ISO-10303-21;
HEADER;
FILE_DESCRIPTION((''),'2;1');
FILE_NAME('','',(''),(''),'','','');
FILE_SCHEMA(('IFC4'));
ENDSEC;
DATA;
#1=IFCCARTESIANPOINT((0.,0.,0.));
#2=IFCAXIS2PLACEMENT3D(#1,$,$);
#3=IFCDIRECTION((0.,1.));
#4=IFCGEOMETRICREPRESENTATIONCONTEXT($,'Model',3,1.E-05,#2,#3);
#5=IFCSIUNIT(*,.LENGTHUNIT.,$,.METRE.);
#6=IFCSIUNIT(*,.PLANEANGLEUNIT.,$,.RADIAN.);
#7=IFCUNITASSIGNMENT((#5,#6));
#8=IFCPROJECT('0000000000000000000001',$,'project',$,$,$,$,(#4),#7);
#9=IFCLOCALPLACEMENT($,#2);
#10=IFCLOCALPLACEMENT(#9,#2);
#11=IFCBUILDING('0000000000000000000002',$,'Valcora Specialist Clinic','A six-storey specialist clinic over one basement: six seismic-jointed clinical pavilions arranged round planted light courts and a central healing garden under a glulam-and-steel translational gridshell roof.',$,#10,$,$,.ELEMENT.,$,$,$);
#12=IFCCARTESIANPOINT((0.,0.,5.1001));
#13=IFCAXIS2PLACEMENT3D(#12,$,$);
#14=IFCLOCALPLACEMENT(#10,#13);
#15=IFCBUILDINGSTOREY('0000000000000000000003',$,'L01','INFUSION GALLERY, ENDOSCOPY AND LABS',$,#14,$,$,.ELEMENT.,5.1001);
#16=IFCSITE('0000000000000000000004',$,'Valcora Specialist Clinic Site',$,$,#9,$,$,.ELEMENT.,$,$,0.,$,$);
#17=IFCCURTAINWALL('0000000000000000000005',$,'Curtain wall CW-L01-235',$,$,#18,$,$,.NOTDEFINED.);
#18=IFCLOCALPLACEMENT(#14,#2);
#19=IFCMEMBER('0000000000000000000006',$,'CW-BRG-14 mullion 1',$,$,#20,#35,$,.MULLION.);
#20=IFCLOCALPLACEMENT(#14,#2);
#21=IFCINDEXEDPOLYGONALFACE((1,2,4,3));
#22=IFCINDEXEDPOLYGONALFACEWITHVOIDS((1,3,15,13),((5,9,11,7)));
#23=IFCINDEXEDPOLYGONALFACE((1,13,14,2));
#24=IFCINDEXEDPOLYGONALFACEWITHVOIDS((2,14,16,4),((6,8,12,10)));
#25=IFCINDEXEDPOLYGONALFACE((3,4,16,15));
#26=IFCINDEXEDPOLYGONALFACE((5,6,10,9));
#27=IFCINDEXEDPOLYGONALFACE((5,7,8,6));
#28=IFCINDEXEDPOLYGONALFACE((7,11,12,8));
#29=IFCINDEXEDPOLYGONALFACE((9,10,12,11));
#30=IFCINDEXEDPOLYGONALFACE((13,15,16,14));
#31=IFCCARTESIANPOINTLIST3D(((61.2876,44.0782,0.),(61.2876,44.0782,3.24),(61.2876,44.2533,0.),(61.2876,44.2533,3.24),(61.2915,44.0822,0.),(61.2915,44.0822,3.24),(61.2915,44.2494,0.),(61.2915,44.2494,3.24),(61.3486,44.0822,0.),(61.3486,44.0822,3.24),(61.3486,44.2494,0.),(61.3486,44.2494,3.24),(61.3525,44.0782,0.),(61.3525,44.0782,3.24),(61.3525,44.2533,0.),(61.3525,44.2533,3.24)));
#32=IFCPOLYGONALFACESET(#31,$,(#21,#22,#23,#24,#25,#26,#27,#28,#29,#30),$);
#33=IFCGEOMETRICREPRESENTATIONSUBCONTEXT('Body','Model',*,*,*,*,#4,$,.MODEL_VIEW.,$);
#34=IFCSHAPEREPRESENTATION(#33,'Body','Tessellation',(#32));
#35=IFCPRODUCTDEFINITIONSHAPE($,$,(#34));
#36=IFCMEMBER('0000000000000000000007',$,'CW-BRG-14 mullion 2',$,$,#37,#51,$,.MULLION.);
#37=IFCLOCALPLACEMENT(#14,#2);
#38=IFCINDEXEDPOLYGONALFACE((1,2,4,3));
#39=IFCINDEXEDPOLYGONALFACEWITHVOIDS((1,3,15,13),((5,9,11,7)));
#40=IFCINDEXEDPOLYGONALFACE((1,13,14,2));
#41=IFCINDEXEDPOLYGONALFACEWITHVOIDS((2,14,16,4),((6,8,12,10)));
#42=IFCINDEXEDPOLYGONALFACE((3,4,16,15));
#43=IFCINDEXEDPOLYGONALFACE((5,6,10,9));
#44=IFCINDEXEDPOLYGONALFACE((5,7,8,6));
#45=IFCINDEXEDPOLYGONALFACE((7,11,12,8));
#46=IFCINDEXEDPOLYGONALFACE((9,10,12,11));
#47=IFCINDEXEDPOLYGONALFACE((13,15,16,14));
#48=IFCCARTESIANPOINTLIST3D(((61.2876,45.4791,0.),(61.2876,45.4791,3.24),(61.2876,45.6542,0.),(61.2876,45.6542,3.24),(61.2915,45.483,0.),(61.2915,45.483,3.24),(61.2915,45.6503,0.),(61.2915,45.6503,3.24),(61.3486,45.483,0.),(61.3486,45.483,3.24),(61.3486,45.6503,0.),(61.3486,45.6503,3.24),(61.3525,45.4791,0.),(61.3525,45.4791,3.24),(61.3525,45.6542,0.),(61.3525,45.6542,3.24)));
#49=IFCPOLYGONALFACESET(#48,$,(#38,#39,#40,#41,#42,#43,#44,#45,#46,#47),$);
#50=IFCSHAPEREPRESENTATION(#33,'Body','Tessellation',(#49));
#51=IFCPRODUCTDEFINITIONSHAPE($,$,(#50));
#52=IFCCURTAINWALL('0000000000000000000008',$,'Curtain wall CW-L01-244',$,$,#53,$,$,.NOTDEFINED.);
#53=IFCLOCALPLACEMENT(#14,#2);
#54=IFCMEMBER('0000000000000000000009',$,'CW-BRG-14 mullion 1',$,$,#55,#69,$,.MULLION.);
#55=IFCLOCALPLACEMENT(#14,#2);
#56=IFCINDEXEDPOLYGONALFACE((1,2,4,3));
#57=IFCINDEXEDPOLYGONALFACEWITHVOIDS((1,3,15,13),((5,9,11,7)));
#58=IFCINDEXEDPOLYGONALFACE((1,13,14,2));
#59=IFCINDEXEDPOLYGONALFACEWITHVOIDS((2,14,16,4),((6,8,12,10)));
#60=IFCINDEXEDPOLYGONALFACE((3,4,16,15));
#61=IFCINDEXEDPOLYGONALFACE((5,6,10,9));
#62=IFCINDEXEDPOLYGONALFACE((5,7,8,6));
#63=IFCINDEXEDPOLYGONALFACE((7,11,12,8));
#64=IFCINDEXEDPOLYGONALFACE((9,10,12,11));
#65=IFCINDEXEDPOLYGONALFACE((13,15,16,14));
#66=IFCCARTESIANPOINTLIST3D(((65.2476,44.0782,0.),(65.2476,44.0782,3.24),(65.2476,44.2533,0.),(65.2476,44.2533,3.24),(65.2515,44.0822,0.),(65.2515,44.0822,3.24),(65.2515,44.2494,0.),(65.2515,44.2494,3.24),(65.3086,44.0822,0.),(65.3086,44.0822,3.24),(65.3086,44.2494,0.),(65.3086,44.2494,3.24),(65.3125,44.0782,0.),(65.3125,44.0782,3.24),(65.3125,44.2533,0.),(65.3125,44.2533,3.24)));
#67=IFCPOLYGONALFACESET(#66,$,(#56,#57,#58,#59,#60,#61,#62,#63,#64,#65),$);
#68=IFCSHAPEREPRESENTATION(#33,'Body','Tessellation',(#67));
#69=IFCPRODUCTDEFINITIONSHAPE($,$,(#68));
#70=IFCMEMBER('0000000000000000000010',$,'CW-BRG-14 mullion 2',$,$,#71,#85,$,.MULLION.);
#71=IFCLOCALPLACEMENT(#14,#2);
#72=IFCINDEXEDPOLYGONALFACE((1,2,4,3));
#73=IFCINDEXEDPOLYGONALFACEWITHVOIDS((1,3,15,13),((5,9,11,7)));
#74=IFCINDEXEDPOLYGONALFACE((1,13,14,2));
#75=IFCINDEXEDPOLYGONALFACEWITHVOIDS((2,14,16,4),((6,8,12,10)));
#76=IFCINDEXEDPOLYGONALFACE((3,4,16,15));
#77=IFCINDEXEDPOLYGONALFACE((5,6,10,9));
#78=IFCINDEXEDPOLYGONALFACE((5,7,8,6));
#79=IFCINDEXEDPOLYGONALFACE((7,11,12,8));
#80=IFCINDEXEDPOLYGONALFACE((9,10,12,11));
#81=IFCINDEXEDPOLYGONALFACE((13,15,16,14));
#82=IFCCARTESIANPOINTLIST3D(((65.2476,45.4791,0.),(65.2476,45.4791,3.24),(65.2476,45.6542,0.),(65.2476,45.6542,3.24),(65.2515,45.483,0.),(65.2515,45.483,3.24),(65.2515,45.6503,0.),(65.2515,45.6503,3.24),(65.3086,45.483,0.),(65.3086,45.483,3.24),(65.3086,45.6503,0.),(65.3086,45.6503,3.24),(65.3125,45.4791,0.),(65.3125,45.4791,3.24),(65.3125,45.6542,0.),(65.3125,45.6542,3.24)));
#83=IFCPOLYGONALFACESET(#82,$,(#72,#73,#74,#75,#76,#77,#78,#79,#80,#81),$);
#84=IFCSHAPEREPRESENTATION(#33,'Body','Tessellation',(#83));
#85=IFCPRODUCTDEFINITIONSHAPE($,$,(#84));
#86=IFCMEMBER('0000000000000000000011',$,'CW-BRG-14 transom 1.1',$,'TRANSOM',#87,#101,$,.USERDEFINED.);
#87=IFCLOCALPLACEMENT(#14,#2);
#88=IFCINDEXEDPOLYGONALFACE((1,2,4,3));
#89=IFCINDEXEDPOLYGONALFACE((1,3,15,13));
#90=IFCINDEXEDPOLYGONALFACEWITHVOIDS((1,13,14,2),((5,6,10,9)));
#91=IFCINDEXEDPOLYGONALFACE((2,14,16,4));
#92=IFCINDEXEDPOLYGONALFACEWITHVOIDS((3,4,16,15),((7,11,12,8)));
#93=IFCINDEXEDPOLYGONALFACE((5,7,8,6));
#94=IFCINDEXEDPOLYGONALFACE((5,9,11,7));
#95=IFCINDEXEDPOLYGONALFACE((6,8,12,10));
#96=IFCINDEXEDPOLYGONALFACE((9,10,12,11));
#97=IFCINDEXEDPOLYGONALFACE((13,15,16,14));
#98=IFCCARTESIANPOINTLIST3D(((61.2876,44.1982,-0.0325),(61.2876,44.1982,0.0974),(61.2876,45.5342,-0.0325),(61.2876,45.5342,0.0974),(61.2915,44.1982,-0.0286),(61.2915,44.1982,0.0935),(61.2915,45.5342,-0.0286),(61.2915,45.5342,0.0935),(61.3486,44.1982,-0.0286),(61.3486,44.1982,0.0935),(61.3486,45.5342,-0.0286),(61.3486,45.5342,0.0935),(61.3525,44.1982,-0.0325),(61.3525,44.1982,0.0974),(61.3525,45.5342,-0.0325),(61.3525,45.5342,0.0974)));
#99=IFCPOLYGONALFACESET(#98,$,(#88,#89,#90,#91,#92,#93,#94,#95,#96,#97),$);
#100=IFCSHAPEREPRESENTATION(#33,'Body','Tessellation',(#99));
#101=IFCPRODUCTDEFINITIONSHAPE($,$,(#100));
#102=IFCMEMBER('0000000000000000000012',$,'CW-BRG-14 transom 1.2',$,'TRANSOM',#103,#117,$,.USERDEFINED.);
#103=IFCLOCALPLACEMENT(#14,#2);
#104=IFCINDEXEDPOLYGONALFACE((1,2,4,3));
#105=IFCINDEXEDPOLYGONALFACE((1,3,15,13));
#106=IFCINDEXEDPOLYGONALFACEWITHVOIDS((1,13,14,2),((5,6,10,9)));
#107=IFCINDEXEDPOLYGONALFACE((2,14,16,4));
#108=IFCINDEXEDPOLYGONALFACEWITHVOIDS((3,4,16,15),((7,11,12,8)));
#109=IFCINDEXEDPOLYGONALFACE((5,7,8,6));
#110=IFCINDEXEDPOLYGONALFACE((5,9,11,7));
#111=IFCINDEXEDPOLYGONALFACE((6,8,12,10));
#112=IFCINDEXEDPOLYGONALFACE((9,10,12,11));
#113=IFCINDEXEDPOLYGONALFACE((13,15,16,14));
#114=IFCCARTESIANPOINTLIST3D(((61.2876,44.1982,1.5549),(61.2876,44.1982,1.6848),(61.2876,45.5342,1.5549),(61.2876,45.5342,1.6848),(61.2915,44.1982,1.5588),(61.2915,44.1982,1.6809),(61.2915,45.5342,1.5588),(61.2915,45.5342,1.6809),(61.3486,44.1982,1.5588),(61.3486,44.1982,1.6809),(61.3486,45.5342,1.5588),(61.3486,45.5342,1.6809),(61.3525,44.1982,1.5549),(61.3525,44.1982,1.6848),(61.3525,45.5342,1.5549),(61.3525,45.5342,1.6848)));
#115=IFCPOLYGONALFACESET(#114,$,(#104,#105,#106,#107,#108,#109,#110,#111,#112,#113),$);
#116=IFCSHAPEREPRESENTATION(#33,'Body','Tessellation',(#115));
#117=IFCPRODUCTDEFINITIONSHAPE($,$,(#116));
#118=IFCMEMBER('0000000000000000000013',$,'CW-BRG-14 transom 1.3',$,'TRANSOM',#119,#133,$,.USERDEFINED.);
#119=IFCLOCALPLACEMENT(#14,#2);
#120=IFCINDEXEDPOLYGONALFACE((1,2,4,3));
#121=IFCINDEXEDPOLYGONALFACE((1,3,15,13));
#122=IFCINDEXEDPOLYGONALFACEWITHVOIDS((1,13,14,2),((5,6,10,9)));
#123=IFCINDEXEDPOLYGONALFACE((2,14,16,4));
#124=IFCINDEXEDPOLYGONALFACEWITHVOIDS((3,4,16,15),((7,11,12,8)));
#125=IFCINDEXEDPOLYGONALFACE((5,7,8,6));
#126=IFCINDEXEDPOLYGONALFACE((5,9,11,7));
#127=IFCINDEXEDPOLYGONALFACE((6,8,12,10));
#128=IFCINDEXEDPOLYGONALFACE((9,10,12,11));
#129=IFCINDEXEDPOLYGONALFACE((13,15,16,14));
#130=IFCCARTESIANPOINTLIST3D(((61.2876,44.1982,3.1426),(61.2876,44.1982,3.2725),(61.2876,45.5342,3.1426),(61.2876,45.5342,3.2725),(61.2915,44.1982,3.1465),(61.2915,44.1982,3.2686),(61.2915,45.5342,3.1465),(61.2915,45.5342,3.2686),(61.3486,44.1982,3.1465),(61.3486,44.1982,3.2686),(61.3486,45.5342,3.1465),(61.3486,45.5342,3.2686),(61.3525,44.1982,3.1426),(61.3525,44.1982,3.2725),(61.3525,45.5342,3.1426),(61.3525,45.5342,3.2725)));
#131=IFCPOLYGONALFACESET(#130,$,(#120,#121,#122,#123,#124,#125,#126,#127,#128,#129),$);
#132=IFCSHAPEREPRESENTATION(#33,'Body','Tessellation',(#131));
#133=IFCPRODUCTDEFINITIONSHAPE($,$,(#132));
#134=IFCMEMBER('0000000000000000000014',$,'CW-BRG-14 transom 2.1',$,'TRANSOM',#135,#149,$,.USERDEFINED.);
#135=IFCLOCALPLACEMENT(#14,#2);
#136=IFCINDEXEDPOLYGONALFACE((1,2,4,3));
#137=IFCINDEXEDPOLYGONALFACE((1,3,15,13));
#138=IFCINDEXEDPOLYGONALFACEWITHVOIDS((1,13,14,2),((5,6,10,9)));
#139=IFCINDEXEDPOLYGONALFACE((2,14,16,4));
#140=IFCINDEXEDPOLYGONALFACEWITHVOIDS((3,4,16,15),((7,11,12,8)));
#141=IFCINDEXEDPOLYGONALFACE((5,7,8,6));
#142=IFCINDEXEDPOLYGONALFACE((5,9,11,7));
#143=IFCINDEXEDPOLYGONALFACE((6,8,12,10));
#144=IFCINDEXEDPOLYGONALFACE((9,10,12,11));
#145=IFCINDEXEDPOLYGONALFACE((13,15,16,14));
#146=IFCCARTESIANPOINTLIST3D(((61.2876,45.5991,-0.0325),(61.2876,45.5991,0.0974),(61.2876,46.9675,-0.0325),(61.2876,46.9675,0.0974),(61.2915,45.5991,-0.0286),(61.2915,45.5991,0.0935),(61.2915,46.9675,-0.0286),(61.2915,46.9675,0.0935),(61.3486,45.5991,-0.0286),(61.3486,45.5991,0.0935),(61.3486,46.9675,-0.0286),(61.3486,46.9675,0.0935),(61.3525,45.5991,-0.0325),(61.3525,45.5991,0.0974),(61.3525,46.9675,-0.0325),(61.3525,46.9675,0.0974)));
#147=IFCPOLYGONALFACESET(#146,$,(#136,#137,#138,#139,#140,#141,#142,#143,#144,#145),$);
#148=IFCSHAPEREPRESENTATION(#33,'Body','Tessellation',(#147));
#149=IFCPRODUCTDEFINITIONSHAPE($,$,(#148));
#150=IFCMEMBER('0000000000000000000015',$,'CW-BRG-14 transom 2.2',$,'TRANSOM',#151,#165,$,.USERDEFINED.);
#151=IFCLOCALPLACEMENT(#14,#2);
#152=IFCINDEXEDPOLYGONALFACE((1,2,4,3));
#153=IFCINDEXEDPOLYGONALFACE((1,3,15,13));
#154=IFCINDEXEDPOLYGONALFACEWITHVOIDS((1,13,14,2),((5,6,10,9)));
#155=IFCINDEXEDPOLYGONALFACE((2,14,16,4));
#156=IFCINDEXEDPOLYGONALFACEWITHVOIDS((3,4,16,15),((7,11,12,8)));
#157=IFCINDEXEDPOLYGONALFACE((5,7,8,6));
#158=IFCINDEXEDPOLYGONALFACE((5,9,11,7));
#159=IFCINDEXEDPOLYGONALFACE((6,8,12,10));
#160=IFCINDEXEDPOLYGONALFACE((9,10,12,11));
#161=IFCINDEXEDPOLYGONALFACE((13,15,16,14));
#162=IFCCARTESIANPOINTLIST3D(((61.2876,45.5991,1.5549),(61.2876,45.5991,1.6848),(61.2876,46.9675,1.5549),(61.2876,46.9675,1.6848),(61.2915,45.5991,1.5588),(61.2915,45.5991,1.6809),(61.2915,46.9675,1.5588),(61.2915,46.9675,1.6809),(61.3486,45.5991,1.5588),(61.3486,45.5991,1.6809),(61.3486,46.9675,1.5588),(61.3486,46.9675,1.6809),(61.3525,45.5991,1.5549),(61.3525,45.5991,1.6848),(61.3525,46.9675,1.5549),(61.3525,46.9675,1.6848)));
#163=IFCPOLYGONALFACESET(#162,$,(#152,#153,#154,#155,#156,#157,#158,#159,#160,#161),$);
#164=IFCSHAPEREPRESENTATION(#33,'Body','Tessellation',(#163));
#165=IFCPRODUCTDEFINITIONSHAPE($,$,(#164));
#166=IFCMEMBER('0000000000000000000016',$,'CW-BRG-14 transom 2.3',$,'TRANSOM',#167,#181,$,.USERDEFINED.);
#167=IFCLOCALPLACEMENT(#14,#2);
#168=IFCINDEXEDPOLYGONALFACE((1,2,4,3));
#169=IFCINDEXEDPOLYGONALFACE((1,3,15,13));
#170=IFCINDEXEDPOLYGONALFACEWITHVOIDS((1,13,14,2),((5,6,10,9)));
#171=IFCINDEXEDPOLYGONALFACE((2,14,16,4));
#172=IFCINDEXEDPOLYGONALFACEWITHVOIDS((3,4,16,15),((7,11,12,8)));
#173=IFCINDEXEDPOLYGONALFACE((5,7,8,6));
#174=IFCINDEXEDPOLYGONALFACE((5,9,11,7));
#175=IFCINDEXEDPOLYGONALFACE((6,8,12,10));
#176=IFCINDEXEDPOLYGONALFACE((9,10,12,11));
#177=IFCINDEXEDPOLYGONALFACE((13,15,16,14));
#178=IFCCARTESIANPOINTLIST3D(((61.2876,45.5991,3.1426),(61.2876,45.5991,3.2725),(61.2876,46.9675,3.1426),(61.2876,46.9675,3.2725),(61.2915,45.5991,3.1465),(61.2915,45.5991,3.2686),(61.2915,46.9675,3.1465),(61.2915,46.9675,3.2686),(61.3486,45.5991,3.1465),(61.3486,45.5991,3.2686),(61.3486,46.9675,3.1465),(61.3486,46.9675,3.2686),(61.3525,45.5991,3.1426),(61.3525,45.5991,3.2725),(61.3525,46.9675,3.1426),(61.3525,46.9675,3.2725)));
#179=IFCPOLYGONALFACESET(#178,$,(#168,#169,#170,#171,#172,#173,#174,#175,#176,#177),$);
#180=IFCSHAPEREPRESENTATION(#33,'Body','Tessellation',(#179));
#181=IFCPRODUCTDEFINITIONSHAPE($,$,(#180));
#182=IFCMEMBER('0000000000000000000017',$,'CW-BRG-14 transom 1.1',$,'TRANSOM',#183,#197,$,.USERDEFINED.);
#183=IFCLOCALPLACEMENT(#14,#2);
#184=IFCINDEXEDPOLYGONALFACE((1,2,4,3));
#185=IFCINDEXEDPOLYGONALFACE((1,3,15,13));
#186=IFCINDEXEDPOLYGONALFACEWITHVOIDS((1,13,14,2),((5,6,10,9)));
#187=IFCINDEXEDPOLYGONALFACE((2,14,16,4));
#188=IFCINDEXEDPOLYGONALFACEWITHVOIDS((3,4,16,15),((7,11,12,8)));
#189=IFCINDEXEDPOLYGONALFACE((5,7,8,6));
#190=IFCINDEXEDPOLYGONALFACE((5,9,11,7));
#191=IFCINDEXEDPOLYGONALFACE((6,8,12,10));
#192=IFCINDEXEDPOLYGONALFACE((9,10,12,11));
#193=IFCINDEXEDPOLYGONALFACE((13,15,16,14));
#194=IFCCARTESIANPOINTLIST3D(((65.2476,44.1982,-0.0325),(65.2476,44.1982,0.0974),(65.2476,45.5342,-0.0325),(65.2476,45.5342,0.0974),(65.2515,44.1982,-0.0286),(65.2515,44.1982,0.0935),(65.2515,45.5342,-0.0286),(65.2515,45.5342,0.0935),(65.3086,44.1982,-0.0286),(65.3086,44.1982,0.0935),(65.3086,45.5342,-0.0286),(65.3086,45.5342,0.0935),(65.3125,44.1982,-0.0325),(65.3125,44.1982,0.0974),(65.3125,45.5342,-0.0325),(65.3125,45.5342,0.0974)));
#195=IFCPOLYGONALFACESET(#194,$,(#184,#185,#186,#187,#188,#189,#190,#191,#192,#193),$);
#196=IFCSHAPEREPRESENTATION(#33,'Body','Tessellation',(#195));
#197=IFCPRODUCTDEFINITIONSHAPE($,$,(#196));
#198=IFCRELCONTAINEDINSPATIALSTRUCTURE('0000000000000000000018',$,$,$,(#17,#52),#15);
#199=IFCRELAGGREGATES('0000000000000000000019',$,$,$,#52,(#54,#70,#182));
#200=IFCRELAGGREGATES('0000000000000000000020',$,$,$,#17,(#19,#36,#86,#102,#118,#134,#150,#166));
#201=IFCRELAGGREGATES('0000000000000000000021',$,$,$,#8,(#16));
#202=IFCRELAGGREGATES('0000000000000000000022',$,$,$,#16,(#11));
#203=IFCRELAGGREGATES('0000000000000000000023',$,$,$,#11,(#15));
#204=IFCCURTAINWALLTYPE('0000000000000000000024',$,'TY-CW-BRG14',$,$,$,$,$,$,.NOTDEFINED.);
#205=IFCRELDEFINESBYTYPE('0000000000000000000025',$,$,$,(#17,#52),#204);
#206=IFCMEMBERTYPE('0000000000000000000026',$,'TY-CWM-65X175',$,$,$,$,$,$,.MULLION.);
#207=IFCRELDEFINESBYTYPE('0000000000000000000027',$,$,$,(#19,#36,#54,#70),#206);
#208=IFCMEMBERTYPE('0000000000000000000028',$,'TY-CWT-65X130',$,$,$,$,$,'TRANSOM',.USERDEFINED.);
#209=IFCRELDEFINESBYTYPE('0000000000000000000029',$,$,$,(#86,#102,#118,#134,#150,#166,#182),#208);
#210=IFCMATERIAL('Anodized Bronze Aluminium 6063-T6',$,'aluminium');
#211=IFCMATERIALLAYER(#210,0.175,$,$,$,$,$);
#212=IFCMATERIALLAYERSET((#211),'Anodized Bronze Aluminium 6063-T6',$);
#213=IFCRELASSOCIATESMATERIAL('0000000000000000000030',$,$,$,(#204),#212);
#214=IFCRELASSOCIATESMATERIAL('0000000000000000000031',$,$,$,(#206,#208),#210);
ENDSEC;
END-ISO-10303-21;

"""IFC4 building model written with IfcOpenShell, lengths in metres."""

from ifc_helpers import new_model, si_unit, direction, frame, origin, origin_2d, place, context, subcontext, project, spatial, hollow_rectangle, extrude, material, layer, layer_set, material_profile, profile_set, type_object, element, aggregate, save


model = new_model("IFC4")

# Units and contexts
model_context = context("Model", 3, precision=1e-05, world=origin(), true_north=direction((0.0, 1.0)))
body_context = subcontext(model_context, "Body", "Model", "MODEL_VIEW")
ifc_project = project(units=[si_unit("LENGTHUNIT", "METRE"), si_unit("PLANEANGLEUNIT", "RADIAN")], contexts=[model_context])

# Site, building, storey
site_placement = place(None, origin())
site = spatial("IfcSite", under=ifc_project, at=site_placement, Name="Valcora Specialist Clinic Site", CompositionType="ELEMENT", RefElevation=0.0)
building_placement = place(site_placement, origin())
building = spatial("IfcBuilding", under=site, at=building_placement, Name="Valcora Specialist Clinic", Description="A six-storey specialist clinic over one basement: six seismic-jointed clinical pavilions arranged round planted light courts and a central healing garden under a glulam-and-steel translational gridshell roof.", CompositionType="ELEMENT")
storey_placement = place(building_placement, frame((0.0, 0.0, 5.1001)))
storey = spatial("IfcBuildingStorey", under=building, at=storey_placement, Name="L01", Description="INFUSION GALLERY, ENDOSCOPY AND LABS", CompositionType="ELEMENT", Elevation=5.1001)

# Curtain walls, members
ifc_material_1 = material(Name="Anodized Bronze Aluminium 6063-T6", Category="aluminium")
ifc_layer_1 = layer(ifc_material_1, 0.175)
ifc_layer_set_1 = layer_set([ifc_layer_1], Name="Anodized Bronze Aluminium 6063-T6")
curtain_wall_type = type_object("IfcCurtainWallType", Name="TY-CW-BRG14", PredefinedType="NOTDEFINED", material=ifc_layer_set_1)
curtain_wall_1_placement = place(storey_placement, origin())
curtain_wall_1 = element("IfcCurtainWall", 1, at=curtain_wall_1_placement, inside=storey, type_object=curtain_wall_type, Name="Curtain wall CW-L01-235", PredefinedType="NOTDEFINED")
ifc_material_profile_1 = material_profile(ifc_material_1, hollow_rectangle(XDim=0.0649, YDim=0.175, WallThickness=0.0039, at=origin_2d()), Name="AL-MUL-65X175")
ifc_profile_set_1 = profile_set([ifc_material_profile_1], Name="Anodized Bronze Aluminium 6063-T6")
member_type_1 = type_object("IfcMemberType", Name="TY-CWM-65X175", PredefinedType="MULLION", material=ifc_profile_set_1)
member_1_placement = place(storey_placement, frame((61.3201, 44.1658, 0.0), z_axis=(0.0, 0.0, 1.0), x_axis=(-1.0, 0.0, 0.0)))
member_1 = element("IfcMember", 2, at=member_1_placement, type_object=member_type_1, Name="CW-BRG-14 mullion 1", PredefinedType="MULLION", context=body_context, shape_type="SweptSolid", body=[
    extrude(hollow_rectangle(XDim=0.0649, YDim=0.175, WallThickness=0.0039, at=origin_2d()), origin(), (0.0, 0.0, 1.0), 3.24),
])
member_2_placement = place(storey_placement, frame((61.3201, 45.5667, 0.0), z_axis=(0.0, 0.0, 1.0), x_axis=(-1.0, 0.0, 0.0)))
member_2 = element("IfcMember", 3, at=member_2_placement, type_object=member_type_1, Name="CW-BRG-14 mullion 2", PredefinedType="MULLION", context=body_context, shape_type="SweptSolid", body=[
    extrude(hollow_rectangle(XDim=0.0649, YDim=0.175, WallThickness=0.0039, at=origin_2d()), origin(), (0.0, 0.0, 1.0), 3.24),
])
curtain_wall_2_placement = place(storey_placement, origin())
curtain_wall_2 = element("IfcCurtainWall", 4, at=curtain_wall_2_placement, inside=storey, type_object=curtain_wall_type, Name="Curtain wall CW-L01-244", PredefinedType="NOTDEFINED")
member_3_placement = place(storey_placement, frame((65.28, 44.1658, 0.0), z_axis=(0.0, 0.0, 1.0), x_axis=(-1.0, 0.0, 0.0)))
member_3 = element("IfcMember", 5, at=member_3_placement, type_object=member_type_1, Name="CW-BRG-14 mullion 1", PredefinedType="MULLION", context=body_context, shape_type="SweptSolid", body=[
    extrude(hollow_rectangle(XDim=0.0649, YDim=0.175, WallThickness=0.0039, at=origin_2d()), origin(), (0.0, 0.0, 1.0), 3.24),
])
member_4_placement = place(storey_placement, frame((65.28, 45.5667, 0.0), z_axis=(0.0, 0.0, 1.0), x_axis=(-1.0, 0.0, 0.0)))
member_4 = element("IfcMember", 6, at=member_4_placement, type_object=member_type_1, Name="CW-BRG-14 mullion 2", PredefinedType="MULLION", context=body_context, shape_type="SweptSolid", body=[
    extrude(hollow_rectangle(XDim=0.0649, YDim=0.175, WallThickness=0.0039, at=origin_2d()), origin(), (0.0, 0.0, 1.0), 3.24),
])

# Members
ifc_material_profile_2 = material_profile(ifc_material_1, hollow_rectangle(XDim=0.0649, YDim=0.1299, WallThickness=0.0039, at=origin_2d()), Name="AL-TRN-65X130")
ifc_profile_set_2 = profile_set([ifc_material_profile_2], Name="Anodized Bronze Aluminium 6063-T6")
member_type_2 = type_object("IfcMemberType", Name="TY-CWT-65X130", ElementType="TRANSOM", PredefinedType="USERDEFINED", material=ifc_profile_set_2)
member_5_placement = place(storey_placement, frame((61.3201, 44.1982, 0.0325), z_axis=(0.0, 1.0, 0.0), x_axis=(-1.0, 0.0, 0.0)))
member_5 = element("IfcMember", 7, at=member_5_placement, type_object=member_type_2, Name="CW-BRG-14 transom 1.1", ObjectType="TRANSOM", PredefinedType="USERDEFINED", context=body_context, shape_type="SweptSolid", body=[
    extrude(hollow_rectangle(XDim=0.0649, YDim=0.1299, WallThickness=0.0039, at=origin_2d()), origin(), (0.0, 0.0, 1.0), 1.3359),
])
member_6_placement = place(storey_placement, frame((61.3201, 44.1982, 1.6199), z_axis=(0.0, 1.0, 0.0), x_axis=(-1.0, 0.0, 0.0)))
member_6 = element("IfcMember", 8, at=member_6_placement, type_object=member_type_2, Name="CW-BRG-14 transom 1.2", ObjectType="TRANSOM", PredefinedType="USERDEFINED", context=body_context, shape_type="SweptSolid", body=[
    extrude(hollow_rectangle(XDim=0.0649, YDim=0.1299, WallThickness=0.0039, at=origin_2d()), origin(), (0.0, 0.0, 1.0), 1.3359),
])
member_7_placement = place(storey_placement, frame((61.3201, 44.1982, 3.2075), z_axis=(0.0, 1.0, 0.0), x_axis=(-1.0, 0.0, 0.0)))
member_7 = element("IfcMember", 9, at=member_7_placement, type_object=member_type_2, Name="CW-BRG-14 transom 1.3", ObjectType="TRANSOM", PredefinedType="USERDEFINED", context=body_context, shape_type="SweptSolid", body=[
    extrude(hollow_rectangle(XDim=0.0649, YDim=0.1299, WallThickness=0.0039, at=origin_2d()), origin(), (0.0, 0.0, 1.0), 1.3359),
])
member_8_placement = place(storey_placement, frame((61.3201, 45.5991, 0.0325), z_axis=(0.0, 1.0, 0.0), x_axis=(-1.0, 0.0, 0.0)))
member_8 = element("IfcMember", 10, at=member_8_placement, type_object=member_type_2, Name="CW-BRG-14 transom 2.1", ObjectType="TRANSOM", PredefinedType="USERDEFINED", context=body_context, shape_type="SweptSolid", body=[
    extrude(hollow_rectangle(XDim=0.0649, YDim=0.1299, WallThickness=0.0039, at=origin_2d()), origin(), (0.0, 0.0, 1.0), 1.3684),
])
member_9_placement = place(storey_placement, frame((61.3201, 45.5991, 1.6199), z_axis=(0.0, 1.0, 0.0), x_axis=(-1.0, 0.0, 0.0)))
member_9 = element("IfcMember", 11, at=member_9_placement, type_object=member_type_2, Name="CW-BRG-14 transom 2.2", ObjectType="TRANSOM", PredefinedType="USERDEFINED", context=body_context, shape_type="SweptSolid", body=[
    extrude(hollow_rectangle(XDim=0.0649, YDim=0.1299, WallThickness=0.0039, at=origin_2d()), origin(), (0.0, 0.0, 1.0), 1.3684),
])
member_10_placement = place(storey_placement, frame((61.3201, 45.5991, 3.2075), z_axis=(0.0, 1.0, 0.0), x_axis=(-1.0, 0.0, 0.0)))
member_10 = element("IfcMember", 12, at=member_10_placement, type_object=member_type_2, Name="CW-BRG-14 transom 2.3", ObjectType="TRANSOM", PredefinedType="USERDEFINED", context=body_context, shape_type="SweptSolid", body=[
    extrude(hollow_rectangle(XDim=0.0649, YDim=0.1299, WallThickness=0.0039, at=origin_2d()), origin(), (0.0, 0.0, 1.0), 1.3684),
])
member_11_placement = place(storey_placement, frame((65.28, 44.1982, 0.0325), z_axis=(0.0, 1.0, 0.0), x_axis=(-1.0, 0.0, 0.0)))
member_11 = element("IfcMember", 13, at=member_11_placement, type_object=member_type_2, Name="CW-BRG-14 transom 1.1", ObjectType="TRANSOM", PredefinedType="USERDEFINED", context=body_context, shape_type="SweptSolid", body=[
    extrude(hollow_rectangle(XDim=0.0649, YDim=0.1299, WallThickness=0.0039, at=origin_2d()), origin(), (0.0, 0.0, 1.0), 1.3359),
])

aggregate(curtain_wall_2, [member_3, member_4, member_11])
aggregate(curtain_wall_1, [member_1, member_2, member_5, member_6, member_7, member_8, member_9, member_10])

save(model, "model.ifc")
